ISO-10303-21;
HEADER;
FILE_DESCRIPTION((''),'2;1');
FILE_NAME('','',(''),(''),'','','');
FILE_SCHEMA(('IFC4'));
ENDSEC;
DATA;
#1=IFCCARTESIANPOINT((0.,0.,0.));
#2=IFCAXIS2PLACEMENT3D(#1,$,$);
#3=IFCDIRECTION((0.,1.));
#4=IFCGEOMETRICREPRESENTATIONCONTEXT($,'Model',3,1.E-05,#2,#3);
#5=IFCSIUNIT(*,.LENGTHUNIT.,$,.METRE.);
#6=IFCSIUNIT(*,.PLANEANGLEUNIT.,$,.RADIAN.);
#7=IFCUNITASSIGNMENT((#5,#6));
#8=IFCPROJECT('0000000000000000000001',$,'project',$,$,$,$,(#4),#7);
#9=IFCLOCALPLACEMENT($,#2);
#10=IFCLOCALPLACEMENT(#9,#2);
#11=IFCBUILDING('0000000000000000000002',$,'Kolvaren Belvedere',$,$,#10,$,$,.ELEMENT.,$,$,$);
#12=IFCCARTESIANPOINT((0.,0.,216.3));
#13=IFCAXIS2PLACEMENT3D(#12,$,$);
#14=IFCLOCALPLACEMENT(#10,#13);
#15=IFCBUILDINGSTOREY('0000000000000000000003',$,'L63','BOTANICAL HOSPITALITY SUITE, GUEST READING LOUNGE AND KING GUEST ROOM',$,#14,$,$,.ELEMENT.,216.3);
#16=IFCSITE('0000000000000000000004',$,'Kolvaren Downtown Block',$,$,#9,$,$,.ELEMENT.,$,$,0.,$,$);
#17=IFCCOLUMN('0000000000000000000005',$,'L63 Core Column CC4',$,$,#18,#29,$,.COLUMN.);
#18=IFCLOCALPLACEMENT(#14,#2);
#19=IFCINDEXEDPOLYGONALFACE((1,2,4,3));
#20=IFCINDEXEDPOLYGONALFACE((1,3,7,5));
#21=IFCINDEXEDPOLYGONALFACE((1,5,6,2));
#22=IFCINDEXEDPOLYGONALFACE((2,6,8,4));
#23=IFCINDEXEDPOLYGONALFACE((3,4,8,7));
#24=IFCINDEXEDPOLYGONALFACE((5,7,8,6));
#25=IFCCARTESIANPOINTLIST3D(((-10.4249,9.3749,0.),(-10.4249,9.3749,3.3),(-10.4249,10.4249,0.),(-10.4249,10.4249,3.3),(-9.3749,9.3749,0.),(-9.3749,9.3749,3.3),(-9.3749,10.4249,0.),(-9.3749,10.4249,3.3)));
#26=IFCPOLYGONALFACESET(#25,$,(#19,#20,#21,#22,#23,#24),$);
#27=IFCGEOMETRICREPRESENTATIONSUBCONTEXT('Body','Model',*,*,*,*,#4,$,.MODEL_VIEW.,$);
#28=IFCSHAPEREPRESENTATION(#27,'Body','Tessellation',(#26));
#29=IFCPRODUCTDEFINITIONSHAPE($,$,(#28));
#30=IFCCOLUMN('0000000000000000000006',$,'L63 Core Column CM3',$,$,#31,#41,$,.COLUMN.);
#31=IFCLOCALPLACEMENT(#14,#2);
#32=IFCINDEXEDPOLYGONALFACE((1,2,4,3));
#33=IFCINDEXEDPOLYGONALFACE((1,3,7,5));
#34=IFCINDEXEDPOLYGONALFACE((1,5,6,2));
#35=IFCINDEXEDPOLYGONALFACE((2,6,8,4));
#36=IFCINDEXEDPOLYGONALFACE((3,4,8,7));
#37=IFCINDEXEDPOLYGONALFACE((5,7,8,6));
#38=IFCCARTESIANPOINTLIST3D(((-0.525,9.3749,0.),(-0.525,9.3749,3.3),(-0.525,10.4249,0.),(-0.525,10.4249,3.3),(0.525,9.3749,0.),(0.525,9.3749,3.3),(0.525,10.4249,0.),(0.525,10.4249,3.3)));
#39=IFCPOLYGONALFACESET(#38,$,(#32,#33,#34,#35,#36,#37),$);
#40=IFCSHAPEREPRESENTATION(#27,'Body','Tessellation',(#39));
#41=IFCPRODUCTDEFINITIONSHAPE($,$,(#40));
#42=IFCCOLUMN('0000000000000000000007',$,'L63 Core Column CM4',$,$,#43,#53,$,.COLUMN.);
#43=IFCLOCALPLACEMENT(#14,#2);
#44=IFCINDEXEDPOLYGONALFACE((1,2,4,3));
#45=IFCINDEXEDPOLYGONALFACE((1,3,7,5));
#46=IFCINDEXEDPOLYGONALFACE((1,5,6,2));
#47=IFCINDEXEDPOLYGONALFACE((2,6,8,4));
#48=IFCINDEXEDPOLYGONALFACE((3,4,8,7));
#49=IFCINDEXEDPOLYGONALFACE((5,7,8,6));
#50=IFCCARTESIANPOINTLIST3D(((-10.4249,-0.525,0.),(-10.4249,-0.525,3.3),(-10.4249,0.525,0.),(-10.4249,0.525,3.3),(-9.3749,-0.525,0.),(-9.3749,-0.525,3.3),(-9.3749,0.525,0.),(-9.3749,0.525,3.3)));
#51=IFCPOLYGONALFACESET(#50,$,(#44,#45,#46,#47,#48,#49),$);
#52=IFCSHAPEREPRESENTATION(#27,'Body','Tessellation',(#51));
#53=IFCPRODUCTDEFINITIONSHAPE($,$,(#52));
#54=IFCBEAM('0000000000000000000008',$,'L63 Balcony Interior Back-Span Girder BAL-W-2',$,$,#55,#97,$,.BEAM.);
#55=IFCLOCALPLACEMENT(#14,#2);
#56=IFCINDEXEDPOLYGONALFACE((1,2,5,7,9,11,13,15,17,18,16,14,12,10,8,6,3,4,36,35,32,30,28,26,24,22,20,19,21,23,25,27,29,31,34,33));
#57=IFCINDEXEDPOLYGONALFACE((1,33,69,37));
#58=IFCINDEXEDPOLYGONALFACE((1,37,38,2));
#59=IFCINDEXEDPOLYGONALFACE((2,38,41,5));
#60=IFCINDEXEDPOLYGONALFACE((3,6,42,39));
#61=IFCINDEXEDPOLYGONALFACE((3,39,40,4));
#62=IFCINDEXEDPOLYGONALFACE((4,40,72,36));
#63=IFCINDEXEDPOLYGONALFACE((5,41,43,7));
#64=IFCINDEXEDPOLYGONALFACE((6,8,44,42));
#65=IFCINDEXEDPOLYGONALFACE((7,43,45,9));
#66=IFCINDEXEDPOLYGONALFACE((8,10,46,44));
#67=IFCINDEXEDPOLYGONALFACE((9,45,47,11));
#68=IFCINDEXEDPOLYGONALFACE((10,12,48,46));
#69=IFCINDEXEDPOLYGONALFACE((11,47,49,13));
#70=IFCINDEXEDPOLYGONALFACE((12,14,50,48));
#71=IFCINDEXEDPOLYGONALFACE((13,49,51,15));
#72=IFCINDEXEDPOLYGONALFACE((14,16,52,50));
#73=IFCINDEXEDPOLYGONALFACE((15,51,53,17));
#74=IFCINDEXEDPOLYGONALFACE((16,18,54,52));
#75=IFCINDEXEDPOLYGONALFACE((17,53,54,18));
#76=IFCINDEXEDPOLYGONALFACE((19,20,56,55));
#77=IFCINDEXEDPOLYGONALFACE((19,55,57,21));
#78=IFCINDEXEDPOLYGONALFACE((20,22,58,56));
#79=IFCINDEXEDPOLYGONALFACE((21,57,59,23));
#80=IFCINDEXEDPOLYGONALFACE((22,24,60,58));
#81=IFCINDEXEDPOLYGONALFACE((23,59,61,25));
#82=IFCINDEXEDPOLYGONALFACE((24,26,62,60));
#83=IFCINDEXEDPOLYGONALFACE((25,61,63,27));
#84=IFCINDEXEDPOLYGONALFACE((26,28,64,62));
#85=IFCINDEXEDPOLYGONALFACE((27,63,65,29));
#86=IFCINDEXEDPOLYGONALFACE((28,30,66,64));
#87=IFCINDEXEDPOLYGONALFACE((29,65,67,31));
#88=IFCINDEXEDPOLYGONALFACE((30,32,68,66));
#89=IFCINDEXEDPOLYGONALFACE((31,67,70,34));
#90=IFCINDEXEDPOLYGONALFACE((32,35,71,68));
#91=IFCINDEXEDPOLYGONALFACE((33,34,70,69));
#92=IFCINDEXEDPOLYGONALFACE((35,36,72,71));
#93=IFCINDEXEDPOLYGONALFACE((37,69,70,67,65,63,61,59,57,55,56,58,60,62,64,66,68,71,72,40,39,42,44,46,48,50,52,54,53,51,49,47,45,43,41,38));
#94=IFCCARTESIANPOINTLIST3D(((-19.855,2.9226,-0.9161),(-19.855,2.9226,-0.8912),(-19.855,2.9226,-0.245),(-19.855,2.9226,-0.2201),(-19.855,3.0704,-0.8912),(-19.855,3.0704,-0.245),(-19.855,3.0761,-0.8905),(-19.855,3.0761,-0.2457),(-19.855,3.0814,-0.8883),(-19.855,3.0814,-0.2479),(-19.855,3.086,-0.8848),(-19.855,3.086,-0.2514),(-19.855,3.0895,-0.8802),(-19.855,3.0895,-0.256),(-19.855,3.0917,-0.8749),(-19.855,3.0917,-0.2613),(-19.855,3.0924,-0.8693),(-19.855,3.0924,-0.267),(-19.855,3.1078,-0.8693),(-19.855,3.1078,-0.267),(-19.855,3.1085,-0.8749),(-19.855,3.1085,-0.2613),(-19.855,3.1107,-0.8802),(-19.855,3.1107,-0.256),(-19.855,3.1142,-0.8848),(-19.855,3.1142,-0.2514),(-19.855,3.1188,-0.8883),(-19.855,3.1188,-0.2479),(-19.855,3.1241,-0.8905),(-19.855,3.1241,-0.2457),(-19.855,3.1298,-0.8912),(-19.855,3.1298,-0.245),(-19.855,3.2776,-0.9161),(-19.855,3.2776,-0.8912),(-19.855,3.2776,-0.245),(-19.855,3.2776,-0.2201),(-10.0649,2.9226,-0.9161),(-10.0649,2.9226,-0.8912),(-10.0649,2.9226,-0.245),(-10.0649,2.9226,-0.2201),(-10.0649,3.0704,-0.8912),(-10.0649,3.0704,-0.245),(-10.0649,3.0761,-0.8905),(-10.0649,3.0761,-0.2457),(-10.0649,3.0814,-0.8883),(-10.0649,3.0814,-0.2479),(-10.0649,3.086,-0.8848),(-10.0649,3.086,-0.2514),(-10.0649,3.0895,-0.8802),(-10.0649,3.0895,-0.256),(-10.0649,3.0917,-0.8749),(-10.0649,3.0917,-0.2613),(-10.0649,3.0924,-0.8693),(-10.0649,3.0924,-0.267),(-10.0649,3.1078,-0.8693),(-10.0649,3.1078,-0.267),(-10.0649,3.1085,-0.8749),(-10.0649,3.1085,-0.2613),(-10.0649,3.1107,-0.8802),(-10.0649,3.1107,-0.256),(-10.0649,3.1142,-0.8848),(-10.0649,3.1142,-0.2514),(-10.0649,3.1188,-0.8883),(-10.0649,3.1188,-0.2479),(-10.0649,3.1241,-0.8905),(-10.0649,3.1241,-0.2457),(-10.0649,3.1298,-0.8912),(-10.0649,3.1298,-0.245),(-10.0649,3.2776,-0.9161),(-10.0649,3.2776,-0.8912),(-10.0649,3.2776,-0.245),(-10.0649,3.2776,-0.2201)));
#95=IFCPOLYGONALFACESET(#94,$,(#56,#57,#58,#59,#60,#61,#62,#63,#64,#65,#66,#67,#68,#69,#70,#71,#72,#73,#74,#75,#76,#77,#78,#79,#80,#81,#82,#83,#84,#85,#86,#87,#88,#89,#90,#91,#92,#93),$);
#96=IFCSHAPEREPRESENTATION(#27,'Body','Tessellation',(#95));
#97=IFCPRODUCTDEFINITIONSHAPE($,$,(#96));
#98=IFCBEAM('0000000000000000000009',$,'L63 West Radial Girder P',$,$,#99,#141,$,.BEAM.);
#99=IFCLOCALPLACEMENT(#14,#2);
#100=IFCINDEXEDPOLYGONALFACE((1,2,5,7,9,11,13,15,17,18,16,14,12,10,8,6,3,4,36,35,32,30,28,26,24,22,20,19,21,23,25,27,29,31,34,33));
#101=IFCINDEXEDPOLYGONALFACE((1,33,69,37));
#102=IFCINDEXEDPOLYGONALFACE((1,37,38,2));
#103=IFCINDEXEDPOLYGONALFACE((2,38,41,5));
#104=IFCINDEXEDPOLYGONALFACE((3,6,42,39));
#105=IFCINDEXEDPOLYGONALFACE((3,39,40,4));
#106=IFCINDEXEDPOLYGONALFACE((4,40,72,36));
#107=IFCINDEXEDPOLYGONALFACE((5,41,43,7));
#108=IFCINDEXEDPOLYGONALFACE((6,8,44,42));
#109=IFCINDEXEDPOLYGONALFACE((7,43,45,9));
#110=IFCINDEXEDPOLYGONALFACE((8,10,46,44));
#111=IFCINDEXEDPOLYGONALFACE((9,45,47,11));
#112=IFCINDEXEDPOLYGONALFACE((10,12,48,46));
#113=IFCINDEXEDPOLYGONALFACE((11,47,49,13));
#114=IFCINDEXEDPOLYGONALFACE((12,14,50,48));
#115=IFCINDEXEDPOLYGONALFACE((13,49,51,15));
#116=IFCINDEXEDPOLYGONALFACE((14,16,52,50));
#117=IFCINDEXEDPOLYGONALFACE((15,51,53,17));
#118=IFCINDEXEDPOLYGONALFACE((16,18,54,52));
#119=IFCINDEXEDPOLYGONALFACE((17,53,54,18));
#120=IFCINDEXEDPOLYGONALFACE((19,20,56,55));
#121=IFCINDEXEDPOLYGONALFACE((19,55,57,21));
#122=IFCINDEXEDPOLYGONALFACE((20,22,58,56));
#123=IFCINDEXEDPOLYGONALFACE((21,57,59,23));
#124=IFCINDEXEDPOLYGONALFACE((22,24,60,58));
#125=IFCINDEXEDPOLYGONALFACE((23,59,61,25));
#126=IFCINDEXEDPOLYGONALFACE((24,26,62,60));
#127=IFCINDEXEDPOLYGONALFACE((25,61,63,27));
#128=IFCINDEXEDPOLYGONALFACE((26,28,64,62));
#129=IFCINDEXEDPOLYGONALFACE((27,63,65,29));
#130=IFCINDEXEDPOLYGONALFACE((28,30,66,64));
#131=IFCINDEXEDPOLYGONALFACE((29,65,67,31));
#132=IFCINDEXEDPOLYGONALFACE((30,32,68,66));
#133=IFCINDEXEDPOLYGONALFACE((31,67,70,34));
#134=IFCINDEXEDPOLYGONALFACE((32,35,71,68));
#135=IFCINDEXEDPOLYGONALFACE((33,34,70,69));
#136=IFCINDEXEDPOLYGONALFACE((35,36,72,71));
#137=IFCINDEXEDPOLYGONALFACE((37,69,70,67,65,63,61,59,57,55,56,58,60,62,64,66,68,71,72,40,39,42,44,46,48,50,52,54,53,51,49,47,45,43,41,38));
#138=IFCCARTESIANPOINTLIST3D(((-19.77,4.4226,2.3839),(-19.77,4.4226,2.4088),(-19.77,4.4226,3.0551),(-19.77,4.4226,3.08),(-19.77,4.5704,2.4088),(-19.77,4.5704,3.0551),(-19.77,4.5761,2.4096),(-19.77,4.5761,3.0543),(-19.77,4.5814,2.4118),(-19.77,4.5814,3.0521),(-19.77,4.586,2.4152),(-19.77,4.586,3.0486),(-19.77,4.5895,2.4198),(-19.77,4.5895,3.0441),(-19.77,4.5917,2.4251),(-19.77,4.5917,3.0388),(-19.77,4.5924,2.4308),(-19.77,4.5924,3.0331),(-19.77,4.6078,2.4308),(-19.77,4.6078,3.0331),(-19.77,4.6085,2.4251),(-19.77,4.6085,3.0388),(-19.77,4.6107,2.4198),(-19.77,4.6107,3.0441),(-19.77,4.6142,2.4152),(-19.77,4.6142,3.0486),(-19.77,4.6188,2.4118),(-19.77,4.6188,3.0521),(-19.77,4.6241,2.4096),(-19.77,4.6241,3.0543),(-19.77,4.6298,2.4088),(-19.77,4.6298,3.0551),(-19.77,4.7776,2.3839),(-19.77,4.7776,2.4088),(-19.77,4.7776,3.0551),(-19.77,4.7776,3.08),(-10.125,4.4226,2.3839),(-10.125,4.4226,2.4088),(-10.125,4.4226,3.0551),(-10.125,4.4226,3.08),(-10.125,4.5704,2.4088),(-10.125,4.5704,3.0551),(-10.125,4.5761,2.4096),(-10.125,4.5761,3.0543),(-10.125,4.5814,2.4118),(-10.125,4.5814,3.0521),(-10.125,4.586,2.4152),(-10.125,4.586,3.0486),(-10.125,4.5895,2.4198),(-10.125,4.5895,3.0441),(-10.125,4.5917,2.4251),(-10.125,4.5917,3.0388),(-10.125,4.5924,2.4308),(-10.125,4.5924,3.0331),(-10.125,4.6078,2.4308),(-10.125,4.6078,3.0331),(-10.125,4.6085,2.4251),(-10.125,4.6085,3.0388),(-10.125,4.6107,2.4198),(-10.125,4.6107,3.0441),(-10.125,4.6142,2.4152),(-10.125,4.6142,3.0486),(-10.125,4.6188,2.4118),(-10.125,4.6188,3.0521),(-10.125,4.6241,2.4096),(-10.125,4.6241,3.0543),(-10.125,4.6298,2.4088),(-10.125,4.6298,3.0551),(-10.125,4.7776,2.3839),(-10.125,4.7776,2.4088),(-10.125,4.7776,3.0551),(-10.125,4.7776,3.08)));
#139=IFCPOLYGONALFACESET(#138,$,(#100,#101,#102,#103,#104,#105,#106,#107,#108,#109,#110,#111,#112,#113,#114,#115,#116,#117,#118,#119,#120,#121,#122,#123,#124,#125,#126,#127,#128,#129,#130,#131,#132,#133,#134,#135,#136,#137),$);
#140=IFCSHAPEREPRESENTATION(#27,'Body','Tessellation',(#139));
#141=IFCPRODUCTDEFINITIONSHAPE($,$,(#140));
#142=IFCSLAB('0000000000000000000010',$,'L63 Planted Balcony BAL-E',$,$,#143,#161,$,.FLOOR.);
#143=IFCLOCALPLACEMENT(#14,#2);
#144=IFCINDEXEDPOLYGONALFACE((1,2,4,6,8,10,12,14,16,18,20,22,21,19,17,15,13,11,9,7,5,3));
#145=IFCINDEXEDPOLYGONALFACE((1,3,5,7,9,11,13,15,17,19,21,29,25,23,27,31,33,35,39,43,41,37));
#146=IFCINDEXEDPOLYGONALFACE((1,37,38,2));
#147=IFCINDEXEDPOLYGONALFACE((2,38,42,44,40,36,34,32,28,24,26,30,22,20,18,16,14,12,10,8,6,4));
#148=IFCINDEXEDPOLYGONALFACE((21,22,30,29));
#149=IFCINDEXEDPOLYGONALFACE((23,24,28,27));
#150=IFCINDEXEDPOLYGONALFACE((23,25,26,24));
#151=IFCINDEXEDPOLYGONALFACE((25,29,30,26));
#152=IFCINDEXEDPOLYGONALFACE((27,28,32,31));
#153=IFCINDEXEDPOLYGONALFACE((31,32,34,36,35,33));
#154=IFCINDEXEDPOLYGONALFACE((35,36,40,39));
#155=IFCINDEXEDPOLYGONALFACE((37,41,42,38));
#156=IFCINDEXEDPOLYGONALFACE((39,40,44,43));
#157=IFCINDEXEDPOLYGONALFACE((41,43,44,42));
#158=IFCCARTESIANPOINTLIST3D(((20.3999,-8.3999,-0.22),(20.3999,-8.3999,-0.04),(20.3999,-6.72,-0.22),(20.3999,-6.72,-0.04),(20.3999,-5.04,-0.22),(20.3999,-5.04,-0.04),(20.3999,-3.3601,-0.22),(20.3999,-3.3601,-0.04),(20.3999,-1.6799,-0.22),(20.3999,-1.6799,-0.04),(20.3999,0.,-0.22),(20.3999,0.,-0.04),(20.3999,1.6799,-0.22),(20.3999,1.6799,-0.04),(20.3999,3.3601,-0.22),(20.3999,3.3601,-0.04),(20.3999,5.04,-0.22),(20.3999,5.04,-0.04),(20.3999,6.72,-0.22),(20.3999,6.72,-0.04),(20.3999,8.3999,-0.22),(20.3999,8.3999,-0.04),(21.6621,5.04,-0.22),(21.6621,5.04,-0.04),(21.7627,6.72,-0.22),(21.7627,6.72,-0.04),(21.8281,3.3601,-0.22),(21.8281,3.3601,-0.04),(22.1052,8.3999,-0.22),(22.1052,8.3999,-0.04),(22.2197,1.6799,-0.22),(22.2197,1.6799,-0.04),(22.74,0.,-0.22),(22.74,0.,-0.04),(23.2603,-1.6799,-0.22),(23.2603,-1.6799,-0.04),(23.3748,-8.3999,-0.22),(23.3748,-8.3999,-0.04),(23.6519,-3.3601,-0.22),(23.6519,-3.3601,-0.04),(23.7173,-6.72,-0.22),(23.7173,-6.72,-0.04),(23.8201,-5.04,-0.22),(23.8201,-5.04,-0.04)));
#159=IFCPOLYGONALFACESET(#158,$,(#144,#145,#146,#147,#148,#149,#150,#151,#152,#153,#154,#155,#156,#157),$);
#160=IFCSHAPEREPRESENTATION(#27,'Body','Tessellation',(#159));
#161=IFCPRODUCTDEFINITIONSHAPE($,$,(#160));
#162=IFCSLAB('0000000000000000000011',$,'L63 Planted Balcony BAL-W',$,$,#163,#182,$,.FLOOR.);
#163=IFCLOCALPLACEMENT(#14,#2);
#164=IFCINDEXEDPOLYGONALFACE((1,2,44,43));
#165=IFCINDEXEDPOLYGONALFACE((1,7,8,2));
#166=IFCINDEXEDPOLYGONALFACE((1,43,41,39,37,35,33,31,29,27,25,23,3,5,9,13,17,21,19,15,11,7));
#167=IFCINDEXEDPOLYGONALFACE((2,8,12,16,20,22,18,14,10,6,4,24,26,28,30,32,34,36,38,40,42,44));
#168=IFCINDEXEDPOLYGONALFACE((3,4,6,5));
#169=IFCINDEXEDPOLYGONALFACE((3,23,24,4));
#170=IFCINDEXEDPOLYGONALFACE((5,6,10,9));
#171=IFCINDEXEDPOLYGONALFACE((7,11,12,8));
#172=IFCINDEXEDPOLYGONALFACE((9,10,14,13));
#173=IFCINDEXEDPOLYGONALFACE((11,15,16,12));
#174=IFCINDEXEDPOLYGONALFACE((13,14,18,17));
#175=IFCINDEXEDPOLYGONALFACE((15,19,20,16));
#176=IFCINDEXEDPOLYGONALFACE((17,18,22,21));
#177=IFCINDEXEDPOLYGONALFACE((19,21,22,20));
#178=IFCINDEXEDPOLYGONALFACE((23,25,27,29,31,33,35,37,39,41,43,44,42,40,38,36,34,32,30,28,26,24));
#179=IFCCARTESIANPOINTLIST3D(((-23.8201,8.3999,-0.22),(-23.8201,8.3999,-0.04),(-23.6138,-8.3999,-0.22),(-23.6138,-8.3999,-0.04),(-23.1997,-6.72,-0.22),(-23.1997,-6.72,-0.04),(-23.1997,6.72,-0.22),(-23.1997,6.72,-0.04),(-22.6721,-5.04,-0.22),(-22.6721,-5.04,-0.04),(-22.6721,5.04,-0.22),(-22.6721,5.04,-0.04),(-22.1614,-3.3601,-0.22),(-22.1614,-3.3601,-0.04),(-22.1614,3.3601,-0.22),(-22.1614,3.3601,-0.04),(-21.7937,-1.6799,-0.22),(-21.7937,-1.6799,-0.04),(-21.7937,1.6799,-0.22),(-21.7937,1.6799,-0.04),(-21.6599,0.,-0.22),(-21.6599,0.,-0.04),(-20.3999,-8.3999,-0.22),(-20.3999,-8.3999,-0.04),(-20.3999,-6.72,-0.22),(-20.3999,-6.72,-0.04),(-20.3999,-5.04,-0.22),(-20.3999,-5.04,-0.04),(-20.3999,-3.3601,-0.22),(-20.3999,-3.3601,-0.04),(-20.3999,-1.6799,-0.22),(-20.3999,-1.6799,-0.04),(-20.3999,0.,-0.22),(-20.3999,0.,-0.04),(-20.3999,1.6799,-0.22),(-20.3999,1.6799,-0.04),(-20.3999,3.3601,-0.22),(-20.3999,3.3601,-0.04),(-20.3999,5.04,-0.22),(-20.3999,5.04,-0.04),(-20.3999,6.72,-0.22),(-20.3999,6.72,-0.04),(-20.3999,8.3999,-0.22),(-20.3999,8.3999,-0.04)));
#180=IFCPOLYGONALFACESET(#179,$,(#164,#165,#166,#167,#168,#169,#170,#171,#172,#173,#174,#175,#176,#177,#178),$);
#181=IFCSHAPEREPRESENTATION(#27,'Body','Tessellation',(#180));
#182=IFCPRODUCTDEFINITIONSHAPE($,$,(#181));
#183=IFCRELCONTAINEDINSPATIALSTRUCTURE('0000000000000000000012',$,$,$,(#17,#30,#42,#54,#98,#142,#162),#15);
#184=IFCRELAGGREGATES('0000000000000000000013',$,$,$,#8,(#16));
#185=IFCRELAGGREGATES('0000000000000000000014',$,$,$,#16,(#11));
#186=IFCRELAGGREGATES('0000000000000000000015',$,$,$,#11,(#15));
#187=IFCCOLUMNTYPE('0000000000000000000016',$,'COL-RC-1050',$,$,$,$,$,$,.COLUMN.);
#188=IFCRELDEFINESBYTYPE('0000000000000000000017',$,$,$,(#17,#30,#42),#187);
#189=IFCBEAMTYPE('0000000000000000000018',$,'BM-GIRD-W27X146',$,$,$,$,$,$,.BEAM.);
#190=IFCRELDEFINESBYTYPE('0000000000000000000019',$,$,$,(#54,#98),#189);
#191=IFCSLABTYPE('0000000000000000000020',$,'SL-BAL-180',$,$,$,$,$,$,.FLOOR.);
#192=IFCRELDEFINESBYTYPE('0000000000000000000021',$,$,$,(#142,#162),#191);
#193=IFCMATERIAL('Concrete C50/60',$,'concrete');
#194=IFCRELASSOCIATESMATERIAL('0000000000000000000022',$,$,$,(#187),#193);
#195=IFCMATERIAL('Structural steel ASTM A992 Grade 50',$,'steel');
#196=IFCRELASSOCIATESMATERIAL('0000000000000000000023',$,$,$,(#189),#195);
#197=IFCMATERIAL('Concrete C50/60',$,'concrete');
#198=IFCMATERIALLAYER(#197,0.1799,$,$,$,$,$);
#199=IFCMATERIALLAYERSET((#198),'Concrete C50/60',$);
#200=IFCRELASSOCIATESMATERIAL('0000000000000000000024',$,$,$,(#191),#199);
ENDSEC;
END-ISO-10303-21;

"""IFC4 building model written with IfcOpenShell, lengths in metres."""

from ifc_helpers import new_model, si_unit, direction, frame, origin, origin_2d, place, context, subcontext, project, spatial, polyline, rectangle, i_section, outline, extrude, material, layer, layer_set, material_profile, profile_set, type_object, element, save


model = new_model("IFC4")

# Units and contexts
model_context = context("Model", 3, precision=1e-05, world=origin(), true_north=direction((0.0, 1.0)))
body_context = subcontext(model_context, "Body", "Model", "MODEL_VIEW")
ifc_project = project(units=[si_unit("LENGTHUNIT", "METRE"), si_unit("PLANEANGLEUNIT", "RADIAN")], contexts=[model_context])

# Site, building, storey
site_placement = place(None, origin())
site = spatial("IfcSite", under=ifc_project, at=site_placement, Name="Kolvaren Downtown Block", CompositionType="ELEMENT", RefElevation=0.0)
building_placement = place(site_placement, origin())
building = spatial("IfcBuilding", under=site, at=building_placement, Name="Kolvaren Belvedere", CompositionType="ELEMENT")
storey_placement = place(building_placement, frame((0.0, 0.0, 216.3)))
storey = spatial("IfcBuildingStorey", under=building, at=storey_placement, Name="L63", Description="BOTANICAL HOSPITALITY SUITE, GUEST READING LOUNGE AND KING GUEST ROOM", CompositionType="ELEMENT", Elevation=216.3)

# Columns
ifc_material_1 = material(Name="Concrete C50/60", Category="concrete")
ifc_material_profile_1 = material_profile(ifc_material_1, rectangle(XDim=1.05, YDim=1.05, at=origin_2d()), Name="RC 1050X1050")
ifc_profile_set_1 = profile_set([ifc_material_profile_1], Name="Concrete C50/60")
column_type = type_object("IfcColumnType", Name="COL-RC-1050", PredefinedType="COLUMN", material=ifc_profile_set_1)
for number, where, z_axis, x_axis, name in (
    (1, (-9.8999, 9.8999, 0.0), (0.0, 0.0, 1.0), (1.0, 0.0, 0.0), "L63 Core Column CC4"),
    (2, (0.0, 9.8999, 0.0), (0.0, 0.0, 1.0), (1.0, 0.0, 0.0), "L63 Core Column CM3"),
    (3, (-9.8999, 0.0, 0.0), (0.0, 0.0, 1.0), (1.0, 0.0, 0.0), "L63 Core Column CM4"),
):
    element("IfcColumn", number, at=place(storey_placement, frame(where, z_axis=z_axis, x_axis=x_axis)), inside=storey, type_object=column_type, Name=name, PredefinedType="COLUMN", context=body_context, shape_type="SweptSolid", body=[
        extrude(rectangle(XDim=1.05, YDim=1.05, at=origin_2d()), origin(), (0.0, 0.0, 1.0), 3.3),
    ])

# Beams
ifc_material_2 = material(Name="Structural steel ASTM A992 Grade 50", Category="steel")
ifc_material_profile_2 = material_profile(ifc_material_2, i_section(OverallWidth=0.355, OverallDepth=0.696, WebThickness=0.0154, FlangeThickness=0.0249, FilletRadius=0.022, at=origin_2d()), Name="W27X146")
ifc_profile_set_2 = profile_set([ifc_material_profile_2], Name="Structural steel ASTM A992 Grade 50")
beam_type = type_object("IfcBeamType", Name="BM-GIRD-W27X146", PredefinedType="BEAM", material=ifc_profile_set_2)
beam_1_placement = place(storey_placement, frame((-10.0649, 3.1001, -0.5681), z_axis=(-1.0, 0.0, 0.0), x_axis=(0.0, -1.0, 0.0)))
element("IfcBeam", 4, at=beam_1_placement, inside=storey, type_object=beam_type, Name="L63 Balcony Interior Back-Span Girder BAL-W-2", PredefinedType="BEAM", context=body_context, shape_type="SweptSolid", body=[
    extrude(i_section(OverallWidth=0.355, OverallDepth=0.696, WebThickness=0.0154, FlangeThickness=0.0249, FilletRadius=0.022, at=origin_2d()), origin(), (0.0, 0.0, 1.0), 9.79),
])
beam_2_placement = place(storey_placement, frame((-10.125, 4.6001, 2.7319), z_axis=(-1.0, 0.0, 0.0), x_axis=(0.0, -1.0, 0.0)))
element("IfcBeam", 5, at=beam_2_placement, inside=storey, type_object=beam_type, Name="L63 West Radial Girder P", PredefinedType="BEAM", context=body_context, shape_type="SweptSolid", body=[
    extrude(i_section(OverallWidth=0.355, OverallDepth=0.696, WebThickness=0.0154, FlangeThickness=0.0249, FilletRadius=0.022, at=origin_2d()), origin(), (0.0, 0.0, 1.0), 9.645),
])

# Slabs
ifc_material_3 = material(Name="Concrete C50/60", Category="concrete")
ifc_layer_1 = layer(ifc_material_3, 0.1799)
ifc_layer_set_1 = layer_set([ifc_layer_1], Name="Concrete C50/60")
slab_type_1 = type_object("IfcSlabType", Name="SL-BAL-180", PredefinedType="FLOOR", material=ifc_layer_set_1)
slab_1_placement = place(storey_placement, frame((0.0, 0.0, -0.22)))
element("IfcSlab", 6, at=slab_1_placement, inside=storey, type_object=slab_type_1, Name="L63 Planted Balcony BAL-E", PredefinedType="FLOOR", context=body_context, shape_type="SweptSolid", body=[
    extrude(outline(polyline([(23.3748, -8.3999), (23.7173, -6.72), (23.8201, -5.04), (23.6519, -3.3601), (23.2603, -1.6799), (22.74, 0.0), (22.2197, 1.6799), (21.8281, 3.3601), (21.6621, 5.04), (21.7627, 6.72), (22.1052, 8.3999), (20.3999, 8.3999), (20.3999, 6.72), (20.3999, 5.04), (20.3999, 3.3601), (20.3999, 1.6799), (20.3999, 0.0), (20.3999, -1.6799), (20.3999, -3.3601), (20.3999, -5.04), (20.3999, -6.72), (20.3999, -8.3999), (23.3748, -8.3999)])), origin(), (0.0, 0.0, 1.0), 0.1799),
])
slab_2_placement = place(storey_placement, frame((0.0, 0.0, -0.22)))
element("IfcSlab", 7, at=slab_2_placement, inside=storey, type_object=slab_type_1, Name="L63 Planted Balcony BAL-W", PredefinedType="FLOOR", context=body_context, shape_type="SweptSolid", body=[
    extrude(outline(polyline([(-23.8201, 8.3999), (-23.1997, 6.72), (-22.6721, 5.04), (-22.1614, 3.3601), (-21.7937, 1.6799), (-21.6599, 0.0), (-21.7937, -1.6799), (-22.1614, -3.3601), (-22.6721, -5.04), (-23.1997, -6.72), (-23.6138, -8.3999), (-20.3999, -8.3999), (-20.3999, -6.72), (-20.3999, -5.04), (-20.3999, -3.3601), (-20.3999, -1.6799), (-20.3999, 0.0), (-20.3999, 1.6799), (-20.3999, 3.3601), (-20.3999, 5.04), (-20.3999, 6.72), (-20.3999, 8.3999), (-23.8201, 8.3999)])), origin(), (0.0, 0.0, 1.0), 0.1799),
])

save(model, "model.ifc")
